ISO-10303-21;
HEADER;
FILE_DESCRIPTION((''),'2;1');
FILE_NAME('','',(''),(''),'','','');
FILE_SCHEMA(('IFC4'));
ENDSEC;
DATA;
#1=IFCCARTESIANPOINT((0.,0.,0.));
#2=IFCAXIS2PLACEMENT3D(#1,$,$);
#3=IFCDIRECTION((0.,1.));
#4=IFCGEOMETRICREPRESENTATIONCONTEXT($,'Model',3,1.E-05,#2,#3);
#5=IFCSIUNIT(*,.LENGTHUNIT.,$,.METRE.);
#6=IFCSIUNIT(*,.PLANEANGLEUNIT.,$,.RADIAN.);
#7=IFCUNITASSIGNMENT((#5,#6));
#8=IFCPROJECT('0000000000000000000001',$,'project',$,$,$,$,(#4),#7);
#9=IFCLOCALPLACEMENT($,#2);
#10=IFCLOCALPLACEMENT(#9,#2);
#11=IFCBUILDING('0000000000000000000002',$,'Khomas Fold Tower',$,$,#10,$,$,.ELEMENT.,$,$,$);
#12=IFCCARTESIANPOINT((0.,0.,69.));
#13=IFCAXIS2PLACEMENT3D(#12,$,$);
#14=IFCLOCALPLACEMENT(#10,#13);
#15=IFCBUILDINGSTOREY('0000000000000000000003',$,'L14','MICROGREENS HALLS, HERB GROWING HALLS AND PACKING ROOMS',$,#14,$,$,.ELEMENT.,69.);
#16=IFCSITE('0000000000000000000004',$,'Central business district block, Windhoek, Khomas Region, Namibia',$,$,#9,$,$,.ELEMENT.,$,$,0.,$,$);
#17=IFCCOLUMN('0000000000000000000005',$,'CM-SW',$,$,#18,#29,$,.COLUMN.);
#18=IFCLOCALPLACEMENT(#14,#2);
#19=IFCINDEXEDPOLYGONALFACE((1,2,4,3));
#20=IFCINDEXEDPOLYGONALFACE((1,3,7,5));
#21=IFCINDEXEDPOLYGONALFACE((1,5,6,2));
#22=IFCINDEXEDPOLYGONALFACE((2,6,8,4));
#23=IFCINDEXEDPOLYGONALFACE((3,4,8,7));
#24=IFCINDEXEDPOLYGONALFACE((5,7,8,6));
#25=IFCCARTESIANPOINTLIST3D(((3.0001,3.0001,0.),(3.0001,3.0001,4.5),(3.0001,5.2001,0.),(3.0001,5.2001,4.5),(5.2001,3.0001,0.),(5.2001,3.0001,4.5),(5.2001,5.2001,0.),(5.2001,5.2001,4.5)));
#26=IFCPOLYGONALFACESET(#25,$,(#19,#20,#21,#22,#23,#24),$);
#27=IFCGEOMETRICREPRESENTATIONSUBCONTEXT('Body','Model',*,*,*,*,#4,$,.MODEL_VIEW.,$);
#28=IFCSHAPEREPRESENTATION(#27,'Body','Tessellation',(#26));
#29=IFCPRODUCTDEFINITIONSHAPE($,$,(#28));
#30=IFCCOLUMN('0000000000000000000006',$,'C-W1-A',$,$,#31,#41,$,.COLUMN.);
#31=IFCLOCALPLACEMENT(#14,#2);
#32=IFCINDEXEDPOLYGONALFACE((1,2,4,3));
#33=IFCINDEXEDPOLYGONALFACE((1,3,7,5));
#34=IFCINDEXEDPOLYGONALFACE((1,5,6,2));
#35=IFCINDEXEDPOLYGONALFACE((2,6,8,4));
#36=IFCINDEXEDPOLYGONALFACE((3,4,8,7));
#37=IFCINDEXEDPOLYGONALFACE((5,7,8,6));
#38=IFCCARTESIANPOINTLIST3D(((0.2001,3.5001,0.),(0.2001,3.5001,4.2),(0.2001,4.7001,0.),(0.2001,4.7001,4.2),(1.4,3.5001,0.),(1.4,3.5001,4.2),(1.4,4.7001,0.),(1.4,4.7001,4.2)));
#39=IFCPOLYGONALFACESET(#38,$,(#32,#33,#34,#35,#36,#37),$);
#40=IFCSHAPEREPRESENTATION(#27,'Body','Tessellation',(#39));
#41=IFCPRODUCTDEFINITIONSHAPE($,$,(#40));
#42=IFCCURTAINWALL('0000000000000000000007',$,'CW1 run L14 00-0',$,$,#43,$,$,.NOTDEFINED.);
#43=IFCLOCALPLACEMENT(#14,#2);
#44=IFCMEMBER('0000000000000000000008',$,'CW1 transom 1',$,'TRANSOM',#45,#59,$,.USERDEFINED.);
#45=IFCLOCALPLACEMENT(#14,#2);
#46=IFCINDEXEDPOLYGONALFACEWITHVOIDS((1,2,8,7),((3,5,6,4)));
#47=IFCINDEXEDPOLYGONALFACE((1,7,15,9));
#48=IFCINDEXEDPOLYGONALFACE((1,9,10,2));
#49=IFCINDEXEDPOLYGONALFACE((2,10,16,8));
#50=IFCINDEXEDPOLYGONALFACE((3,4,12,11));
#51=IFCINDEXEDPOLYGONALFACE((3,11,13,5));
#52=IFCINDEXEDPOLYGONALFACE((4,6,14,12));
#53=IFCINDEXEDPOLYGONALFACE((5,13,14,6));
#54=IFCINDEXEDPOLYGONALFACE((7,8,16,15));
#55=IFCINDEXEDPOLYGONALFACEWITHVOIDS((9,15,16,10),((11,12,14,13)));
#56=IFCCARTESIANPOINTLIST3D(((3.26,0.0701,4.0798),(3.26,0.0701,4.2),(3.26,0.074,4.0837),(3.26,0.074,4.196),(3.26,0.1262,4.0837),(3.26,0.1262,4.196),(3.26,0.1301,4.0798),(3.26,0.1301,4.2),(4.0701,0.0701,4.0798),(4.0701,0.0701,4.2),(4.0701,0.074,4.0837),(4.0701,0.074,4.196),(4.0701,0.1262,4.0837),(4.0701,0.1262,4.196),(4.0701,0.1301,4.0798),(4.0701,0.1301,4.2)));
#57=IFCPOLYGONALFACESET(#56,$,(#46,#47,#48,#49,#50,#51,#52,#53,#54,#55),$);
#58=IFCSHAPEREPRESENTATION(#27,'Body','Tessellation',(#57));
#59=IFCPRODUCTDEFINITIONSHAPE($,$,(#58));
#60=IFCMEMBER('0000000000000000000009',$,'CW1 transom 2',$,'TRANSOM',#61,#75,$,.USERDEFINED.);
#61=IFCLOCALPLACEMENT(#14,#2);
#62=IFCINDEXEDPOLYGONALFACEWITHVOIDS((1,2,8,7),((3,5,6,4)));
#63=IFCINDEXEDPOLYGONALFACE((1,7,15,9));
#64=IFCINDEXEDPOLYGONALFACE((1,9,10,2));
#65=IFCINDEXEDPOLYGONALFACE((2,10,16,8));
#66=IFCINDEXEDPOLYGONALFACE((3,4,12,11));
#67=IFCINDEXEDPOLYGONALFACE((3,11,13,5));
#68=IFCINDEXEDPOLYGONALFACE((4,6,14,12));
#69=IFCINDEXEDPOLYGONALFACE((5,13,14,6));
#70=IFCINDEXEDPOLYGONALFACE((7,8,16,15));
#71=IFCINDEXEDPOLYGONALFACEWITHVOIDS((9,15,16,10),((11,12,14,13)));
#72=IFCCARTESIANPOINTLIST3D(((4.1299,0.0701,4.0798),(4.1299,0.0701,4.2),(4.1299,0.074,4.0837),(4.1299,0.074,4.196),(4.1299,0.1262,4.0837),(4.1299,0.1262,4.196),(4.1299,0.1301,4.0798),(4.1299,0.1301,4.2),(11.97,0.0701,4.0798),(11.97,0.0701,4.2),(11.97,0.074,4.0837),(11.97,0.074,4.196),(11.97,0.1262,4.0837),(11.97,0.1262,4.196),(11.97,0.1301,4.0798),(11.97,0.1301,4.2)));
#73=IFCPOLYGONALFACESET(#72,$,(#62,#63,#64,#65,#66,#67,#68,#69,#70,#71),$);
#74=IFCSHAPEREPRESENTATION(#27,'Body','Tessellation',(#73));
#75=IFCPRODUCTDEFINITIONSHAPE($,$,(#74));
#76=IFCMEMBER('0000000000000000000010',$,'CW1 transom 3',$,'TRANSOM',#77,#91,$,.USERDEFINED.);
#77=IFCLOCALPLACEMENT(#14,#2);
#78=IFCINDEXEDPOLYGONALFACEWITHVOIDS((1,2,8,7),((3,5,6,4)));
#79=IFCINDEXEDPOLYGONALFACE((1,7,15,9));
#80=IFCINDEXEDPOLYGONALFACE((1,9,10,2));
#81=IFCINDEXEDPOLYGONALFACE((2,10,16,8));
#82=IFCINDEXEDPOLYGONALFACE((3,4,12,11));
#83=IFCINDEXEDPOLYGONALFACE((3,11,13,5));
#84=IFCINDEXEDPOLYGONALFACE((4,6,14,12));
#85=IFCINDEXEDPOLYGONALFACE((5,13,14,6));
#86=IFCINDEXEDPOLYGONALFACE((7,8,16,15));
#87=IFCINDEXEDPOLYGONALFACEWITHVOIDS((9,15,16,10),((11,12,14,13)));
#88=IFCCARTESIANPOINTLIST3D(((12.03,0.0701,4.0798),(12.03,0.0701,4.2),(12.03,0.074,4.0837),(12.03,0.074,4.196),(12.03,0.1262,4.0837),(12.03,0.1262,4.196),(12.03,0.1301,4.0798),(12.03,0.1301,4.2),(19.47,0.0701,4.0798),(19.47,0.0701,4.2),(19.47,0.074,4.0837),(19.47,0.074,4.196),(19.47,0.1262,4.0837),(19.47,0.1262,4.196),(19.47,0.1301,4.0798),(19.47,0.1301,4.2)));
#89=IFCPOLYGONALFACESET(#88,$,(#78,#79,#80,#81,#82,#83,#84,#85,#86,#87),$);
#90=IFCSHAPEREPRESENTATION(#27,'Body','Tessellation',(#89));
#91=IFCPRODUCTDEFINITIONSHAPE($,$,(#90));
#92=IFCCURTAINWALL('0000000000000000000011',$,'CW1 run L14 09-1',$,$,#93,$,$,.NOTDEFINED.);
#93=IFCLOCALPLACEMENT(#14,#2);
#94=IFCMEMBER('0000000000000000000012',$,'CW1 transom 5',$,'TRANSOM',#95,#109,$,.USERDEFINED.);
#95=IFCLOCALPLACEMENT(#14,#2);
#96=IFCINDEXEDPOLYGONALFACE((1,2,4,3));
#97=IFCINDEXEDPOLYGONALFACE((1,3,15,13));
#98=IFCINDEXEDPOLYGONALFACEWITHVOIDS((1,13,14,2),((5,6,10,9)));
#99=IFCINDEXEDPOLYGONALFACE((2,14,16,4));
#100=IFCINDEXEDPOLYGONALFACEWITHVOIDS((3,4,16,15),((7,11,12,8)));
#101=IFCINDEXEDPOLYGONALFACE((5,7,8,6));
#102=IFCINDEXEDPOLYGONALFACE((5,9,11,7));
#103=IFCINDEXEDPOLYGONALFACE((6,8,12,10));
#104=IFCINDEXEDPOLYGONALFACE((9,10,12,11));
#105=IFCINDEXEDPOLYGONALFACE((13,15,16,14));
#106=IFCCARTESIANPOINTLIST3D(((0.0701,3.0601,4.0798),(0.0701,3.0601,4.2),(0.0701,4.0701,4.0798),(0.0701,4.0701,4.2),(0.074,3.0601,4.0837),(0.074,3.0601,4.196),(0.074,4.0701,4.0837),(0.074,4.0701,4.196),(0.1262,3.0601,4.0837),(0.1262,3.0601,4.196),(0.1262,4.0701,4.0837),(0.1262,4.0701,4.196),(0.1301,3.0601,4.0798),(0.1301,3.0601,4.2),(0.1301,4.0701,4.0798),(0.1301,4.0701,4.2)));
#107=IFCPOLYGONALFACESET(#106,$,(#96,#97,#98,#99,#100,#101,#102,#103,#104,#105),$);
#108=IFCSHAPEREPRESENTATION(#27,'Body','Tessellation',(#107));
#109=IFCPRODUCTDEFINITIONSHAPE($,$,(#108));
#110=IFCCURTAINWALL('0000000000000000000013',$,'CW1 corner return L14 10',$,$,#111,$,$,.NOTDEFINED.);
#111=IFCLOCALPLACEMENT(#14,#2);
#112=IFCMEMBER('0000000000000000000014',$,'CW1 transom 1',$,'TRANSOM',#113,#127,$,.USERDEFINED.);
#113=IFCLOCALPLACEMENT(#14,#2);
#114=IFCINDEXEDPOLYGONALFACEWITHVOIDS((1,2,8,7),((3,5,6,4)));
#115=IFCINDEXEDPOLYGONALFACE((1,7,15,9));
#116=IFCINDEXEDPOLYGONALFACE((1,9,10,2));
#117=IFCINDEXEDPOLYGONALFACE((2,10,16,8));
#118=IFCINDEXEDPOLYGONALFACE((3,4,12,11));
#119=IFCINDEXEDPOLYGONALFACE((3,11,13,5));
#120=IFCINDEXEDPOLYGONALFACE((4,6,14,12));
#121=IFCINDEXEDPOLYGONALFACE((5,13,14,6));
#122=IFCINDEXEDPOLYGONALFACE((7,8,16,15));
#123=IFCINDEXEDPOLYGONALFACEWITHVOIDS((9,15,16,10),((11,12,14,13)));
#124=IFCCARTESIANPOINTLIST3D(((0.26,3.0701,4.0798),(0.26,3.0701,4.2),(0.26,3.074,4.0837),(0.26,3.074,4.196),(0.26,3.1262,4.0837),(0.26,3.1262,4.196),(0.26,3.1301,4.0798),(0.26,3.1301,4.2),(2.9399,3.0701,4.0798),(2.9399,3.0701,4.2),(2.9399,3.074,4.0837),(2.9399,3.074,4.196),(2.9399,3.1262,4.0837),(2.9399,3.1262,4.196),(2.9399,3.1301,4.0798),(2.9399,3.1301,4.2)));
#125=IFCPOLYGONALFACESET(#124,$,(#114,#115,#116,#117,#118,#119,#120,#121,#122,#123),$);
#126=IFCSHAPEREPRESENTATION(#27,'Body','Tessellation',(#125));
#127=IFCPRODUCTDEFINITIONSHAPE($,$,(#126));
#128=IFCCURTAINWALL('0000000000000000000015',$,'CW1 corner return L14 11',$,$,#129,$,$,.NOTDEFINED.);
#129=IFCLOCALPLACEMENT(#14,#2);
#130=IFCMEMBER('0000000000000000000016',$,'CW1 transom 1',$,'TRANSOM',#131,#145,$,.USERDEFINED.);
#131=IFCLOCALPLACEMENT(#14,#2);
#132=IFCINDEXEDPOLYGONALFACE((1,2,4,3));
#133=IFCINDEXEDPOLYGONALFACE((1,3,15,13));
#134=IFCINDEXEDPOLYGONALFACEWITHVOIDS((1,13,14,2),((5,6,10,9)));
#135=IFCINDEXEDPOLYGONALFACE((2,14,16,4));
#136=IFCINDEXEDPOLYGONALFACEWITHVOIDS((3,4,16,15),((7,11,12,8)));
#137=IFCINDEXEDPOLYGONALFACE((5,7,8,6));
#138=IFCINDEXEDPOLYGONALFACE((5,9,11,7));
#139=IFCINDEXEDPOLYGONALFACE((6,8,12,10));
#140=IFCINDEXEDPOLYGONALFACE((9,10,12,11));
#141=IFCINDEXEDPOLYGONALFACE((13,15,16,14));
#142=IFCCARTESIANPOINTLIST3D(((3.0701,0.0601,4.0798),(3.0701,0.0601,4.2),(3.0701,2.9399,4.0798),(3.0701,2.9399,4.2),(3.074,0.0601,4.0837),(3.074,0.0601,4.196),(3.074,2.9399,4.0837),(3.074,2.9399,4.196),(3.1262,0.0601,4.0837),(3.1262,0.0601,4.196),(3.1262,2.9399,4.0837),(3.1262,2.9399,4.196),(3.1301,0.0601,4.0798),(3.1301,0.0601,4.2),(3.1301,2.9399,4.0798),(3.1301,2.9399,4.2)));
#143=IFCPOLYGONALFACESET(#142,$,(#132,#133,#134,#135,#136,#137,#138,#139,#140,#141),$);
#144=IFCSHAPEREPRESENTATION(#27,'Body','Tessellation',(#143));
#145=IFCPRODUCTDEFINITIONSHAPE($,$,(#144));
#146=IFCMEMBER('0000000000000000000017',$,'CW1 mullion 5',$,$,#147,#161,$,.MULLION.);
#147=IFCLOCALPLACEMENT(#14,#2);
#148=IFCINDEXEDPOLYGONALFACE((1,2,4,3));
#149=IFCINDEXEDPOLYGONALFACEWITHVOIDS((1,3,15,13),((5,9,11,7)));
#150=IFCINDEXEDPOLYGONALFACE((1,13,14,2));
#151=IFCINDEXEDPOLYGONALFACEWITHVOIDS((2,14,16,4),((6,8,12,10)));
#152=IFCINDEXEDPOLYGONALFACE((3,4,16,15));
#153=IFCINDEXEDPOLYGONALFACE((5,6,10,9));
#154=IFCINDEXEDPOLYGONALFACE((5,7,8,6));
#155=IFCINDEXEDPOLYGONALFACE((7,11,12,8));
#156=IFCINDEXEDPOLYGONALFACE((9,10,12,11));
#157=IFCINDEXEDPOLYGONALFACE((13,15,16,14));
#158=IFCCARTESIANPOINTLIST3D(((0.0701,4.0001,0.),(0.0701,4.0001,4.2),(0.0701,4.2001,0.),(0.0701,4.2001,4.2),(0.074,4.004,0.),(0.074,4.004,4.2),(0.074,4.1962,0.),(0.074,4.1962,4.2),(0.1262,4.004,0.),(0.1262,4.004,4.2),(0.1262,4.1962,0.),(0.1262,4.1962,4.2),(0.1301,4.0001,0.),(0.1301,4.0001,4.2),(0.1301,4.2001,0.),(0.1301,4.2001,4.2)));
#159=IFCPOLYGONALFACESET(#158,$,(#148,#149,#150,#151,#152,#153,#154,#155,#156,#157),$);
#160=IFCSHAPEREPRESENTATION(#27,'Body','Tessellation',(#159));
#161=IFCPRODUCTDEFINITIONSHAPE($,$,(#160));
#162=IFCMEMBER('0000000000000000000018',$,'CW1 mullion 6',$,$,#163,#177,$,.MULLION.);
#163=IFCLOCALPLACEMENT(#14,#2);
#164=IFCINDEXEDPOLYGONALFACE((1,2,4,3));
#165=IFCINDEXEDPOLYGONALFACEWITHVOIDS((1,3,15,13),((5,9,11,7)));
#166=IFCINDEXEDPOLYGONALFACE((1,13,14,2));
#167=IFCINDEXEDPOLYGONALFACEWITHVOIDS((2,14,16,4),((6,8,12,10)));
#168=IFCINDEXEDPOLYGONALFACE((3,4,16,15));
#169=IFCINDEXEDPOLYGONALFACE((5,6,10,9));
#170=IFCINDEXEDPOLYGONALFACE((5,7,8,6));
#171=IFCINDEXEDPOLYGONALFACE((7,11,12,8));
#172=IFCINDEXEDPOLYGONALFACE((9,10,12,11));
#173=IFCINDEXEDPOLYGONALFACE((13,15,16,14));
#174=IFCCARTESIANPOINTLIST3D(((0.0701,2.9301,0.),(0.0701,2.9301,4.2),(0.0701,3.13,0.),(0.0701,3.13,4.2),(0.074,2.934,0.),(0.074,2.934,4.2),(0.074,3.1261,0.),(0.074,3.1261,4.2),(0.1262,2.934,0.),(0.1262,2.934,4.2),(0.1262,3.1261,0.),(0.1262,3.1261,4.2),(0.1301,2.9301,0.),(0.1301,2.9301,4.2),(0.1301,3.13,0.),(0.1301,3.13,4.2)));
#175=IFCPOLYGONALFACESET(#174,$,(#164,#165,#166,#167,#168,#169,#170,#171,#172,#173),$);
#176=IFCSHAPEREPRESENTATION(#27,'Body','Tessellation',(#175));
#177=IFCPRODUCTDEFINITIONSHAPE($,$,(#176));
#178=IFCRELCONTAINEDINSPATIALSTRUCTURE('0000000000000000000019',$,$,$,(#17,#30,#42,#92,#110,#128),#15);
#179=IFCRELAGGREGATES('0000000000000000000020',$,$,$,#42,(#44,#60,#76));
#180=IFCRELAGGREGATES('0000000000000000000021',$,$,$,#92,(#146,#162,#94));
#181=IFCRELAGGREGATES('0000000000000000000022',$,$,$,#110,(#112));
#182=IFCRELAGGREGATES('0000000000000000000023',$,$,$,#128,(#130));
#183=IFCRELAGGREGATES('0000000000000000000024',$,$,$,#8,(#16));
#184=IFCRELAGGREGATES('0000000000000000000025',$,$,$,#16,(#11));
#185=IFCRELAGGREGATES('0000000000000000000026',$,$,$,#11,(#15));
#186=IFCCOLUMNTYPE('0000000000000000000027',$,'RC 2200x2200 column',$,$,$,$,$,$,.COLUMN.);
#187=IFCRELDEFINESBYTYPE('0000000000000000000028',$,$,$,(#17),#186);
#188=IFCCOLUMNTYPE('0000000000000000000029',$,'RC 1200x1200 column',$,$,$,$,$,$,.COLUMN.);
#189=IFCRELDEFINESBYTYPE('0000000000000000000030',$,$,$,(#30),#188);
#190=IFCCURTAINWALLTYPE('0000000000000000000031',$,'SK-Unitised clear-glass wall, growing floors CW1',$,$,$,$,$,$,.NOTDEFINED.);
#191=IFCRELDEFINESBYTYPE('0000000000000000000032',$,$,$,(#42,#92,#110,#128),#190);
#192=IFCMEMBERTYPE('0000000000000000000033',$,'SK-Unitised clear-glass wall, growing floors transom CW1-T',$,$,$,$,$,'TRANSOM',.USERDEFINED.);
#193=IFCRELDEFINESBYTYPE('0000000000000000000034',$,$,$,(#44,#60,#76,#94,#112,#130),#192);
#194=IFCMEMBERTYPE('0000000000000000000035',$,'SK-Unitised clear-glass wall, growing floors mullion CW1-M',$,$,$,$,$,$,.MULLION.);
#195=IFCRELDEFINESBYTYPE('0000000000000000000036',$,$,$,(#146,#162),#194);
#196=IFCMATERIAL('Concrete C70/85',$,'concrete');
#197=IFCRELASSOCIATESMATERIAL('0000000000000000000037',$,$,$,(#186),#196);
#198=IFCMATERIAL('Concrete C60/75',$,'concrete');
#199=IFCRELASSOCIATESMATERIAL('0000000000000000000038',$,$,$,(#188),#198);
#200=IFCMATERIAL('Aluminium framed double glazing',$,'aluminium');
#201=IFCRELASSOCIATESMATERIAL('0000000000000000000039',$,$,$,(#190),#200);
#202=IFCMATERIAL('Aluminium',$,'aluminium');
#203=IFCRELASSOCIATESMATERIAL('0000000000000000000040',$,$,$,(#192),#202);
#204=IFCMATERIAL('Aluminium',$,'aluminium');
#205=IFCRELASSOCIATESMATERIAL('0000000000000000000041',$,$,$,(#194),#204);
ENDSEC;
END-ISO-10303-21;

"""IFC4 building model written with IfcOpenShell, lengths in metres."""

from ifc_helpers import new_model, si_unit, direction, frame, origin, origin_2d, place, context, subcontext, project, spatial, rectangle, hollow_rectangle, extrude, source, transform, mapped, material, material_profile, profile_set, type_object, element, aggregate, save


model = new_model("IFC4")

# Units and contexts
model_context = context("Model", 3, precision=1e-05, world=origin(), true_north=direction((0.0, 1.0)))
body_context = subcontext(model_context, "Body", "Model", "MODEL_VIEW")
ifc_project = project(units=[si_unit("LENGTHUNIT", "METRE"), si_unit("PLANEANGLEUNIT", "RADIAN")], contexts=[model_context])

# Site, building, storey
site_placement = place(None, origin())
site = spatial("IfcSite", under=ifc_project, at=site_placement, Name="Central business district block, Windhoek, Khomas Region, Namibia", CompositionType="ELEMENT", RefElevation=0.0)
building_placement = place(site_placement, origin())
building = spatial("IfcBuilding", under=site, at=building_placement, Name="Khomas Fold Tower", CompositionType="ELEMENT")
storey_placement = place(building_placement, frame((0.0, 0.0, 69.0)))
storey = spatial("IfcBuildingStorey", under=building, at=storey_placement, Name="L14", Description="MICROGREENS HALLS, HERB GROWING HALLS AND PACKING ROOMS", CompositionType="ELEMENT", Elevation=69.0)

# Columns
ifc_material_1 = material(Name="Concrete C70/85", Category="concrete")
ifc_material_profile_1 = material_profile(ifc_material_1, rectangle(XDim=2.2, YDim=2.2, at=origin_2d()), Name="RC 2200x2200")
ifc_profile_set_1 = profile_set([ifc_material_profile_1], Name="Concrete C70/85")
column_type_1 = type_object("IfcColumnType", Name="RC 2200x2200 column", PredefinedType="COLUMN", material=ifc_profile_set_1)
shared_shape_1 = source(origin(), body_context, "Body", "SweptSolid", [
    extrude(rectangle(XDim=2.2, YDim=2.2, at=origin_2d()), origin(), (0.0, 0.0, 1.0), 4.5),
])
column_1_placement = place(storey_placement, frame((4.1001, 4.1001, 0.0), z_axis=(0.0, 0.0, 1.0), x_axis=(1.0, 0.0, 0.0)))
element("IfcColumn", 1, at=column_1_placement, inside=storey, type_object=column_type_1, Name="CM-SW", PredefinedType="COLUMN", context=body_context, shape_type="MappedRepresentation", body=[
    mapped(shared_shape_1, transform((0.0, 0.0, 0.0))),
])
ifc_material_2 = material(Name="Concrete C60/75", Category="concrete")
ifc_material_profile_2 = material_profile(ifc_material_2, rectangle(XDim=1.2, YDim=1.2, at=origin_2d()), Name="RC 1200x1200")
ifc_profile_set_2 = profile_set([ifc_material_profile_2], Name="Concrete C60/75")
column_type_2 = type_object("IfcColumnType", Name="RC 1200x1200 column", PredefinedType="COLUMN", material=ifc_profile_set_2)
shared_shape_2 = source(origin(), body_context, "Body", "SweptSolid", [
    extrude(rectangle(XDim=1.2, YDim=1.2, at=origin_2d()), origin(), (0.0, 0.0, 1.0), 4.2),
])
column_2_placement = place(storey_placement, frame((0.8, 4.1001, 0.0), z_axis=(0.0, 0.0, 1.0), x_axis=(1.0, 0.0, 0.0)))
element("IfcColumn", 2, at=column_2_placement, inside=storey, type_object=column_type_2, Name="C-W1-A", PredefinedType="COLUMN", context=body_context, shape_type="MappedRepresentation", body=[
    mapped(shared_shape_2, transform((0.0, 0.0, 0.0))),
])

# Curtain wall, members
ifc_material_3 = material(Name="Aluminium framed double glazing", Category="aluminium")
curtain_wall_type = type_object("IfcCurtainWallType", Name="SK-Unitised clear-glass wall, growing floors CW1", PredefinedType="NOTDEFINED", material=ifc_material_3)
curtain_wall_1_placement = place(storey_placement, origin())
curtain_wall_1 = element("IfcCurtainWall", 3, at=curtain_wall_1_placement, inside=storey, type_object=curtain_wall_type, Name="CW1 run L14 00-0", PredefinedType="NOTDEFINED")
ifc_material_4 = material(Name="Aluminium", Category="aluminium")
ifc_material_profile_3 = material_profile(ifc_material_4, hollow_rectangle(XDim=0.0601, YDim=0.1201, WallThickness=0.0039, at=origin_2d()), Name="SK-Unitised clear-glass wall, growing floors transom CW1-T")
ifc_profile_set_3 = profile_set([ifc_material_profile_3], Name="Aluminium")
member_type_1 = type_object("IfcMemberType", Name="SK-Unitised clear-glass wall, growing floors transom CW1-T", ElementType="TRANSOM", PredefinedType="USERDEFINED", material=ifc_profile_set_3)
shared_shape_3 = source(origin(), body_context, "Body", "SweptSolid", [
    extrude(hollow_rectangle(XDim=0.0601, YDim=0.1201, WallThickness=0.0039, at=origin_2d()), origin(), (0.0, 0.0, 1.0), 0.8101),
])
member_1_placement = place(storey_placement, frame((3.26, 0.1001, 4.1399), z_axis=(1.0, 0.0, 0.0), x_axis=(0.0, 1.0, 0.0)))
member_1 = element("IfcMember", 4, at=member_1_placement, type_object=member_type_1, Name="CW1 transom 1", ObjectType="TRANSOM", PredefinedType="USERDEFINED", context=body_context, shape_type="MappedRepresentation", body=[
    mapped(shared_shape_3, transform((0.0, 0.0, 0.0))),
])
shared_shape_4 = source(origin(), body_context, "Body", "SweptSolid", [
    extrude(hollow_rectangle(XDim=0.0601, YDim=0.1201, WallThickness=0.0039, at=origin_2d()), origin(), (0.0, 0.0, 1.0), 7.8401),
])
member_2_placement = place(storey_placement, frame((4.1299, 0.1001, 4.1399), z_axis=(1.0, 0.0, 0.0), x_axis=(0.0, 1.0, 0.0)))
member_2 = element("IfcMember", 5, at=member_2_placement, type_object=member_type_1, Name="CW1 transom 2", ObjectType="TRANSOM", PredefinedType="USERDEFINED", context=body_context, shape_type="MappedRepresentation", body=[
    mapped(shared_shape_4, transform((0.0, 0.0, 0.0))),
])
shared_shape_5 = source(origin(), body_context, "Body", "SweptSolid", [
    extrude(hollow_rectangle(XDim=0.0601, YDim=0.1201, WallThickness=0.0039, at=origin_2d()), origin(), (0.0, 0.0, 1.0), 7.4399),
])
member_3_placement = place(storey_placement, frame((12.03, 0.1001, 4.1399), z_axis=(1.0, 0.0, 0.0), x_axis=(0.0, 1.0, 0.0)))
member_3 = element("IfcMember", 6, at=member_3_placement, type_object=member_type_1, Name="CW1 transom 3", ObjectType="TRANSOM", PredefinedType="USERDEFINED", context=body_context, shape_type="MappedRepresentation", body=[
    mapped(shared_shape_5, transform((0.0, 0.0, 0.0))),
])
aggregate(curtain_wall_1, [member_1, member_2, member_3])

# Curtain walls, members
curtain_wall_2_placement = place(storey_placement, origin())
curtain_wall_2 = element("IfcCurtainWall", 7, at=curtain_wall_2_placement, inside=storey, type_object=curtain_wall_type, Name="CW1 run L14 09-1", PredefinedType="NOTDEFINED")
shared_shape_6 = source(origin(), body_context, "Body", "SweptSolid", [
    extrude(hollow_rectangle(XDim=0.0601, YDim=0.1201, WallThickness=0.0039, at=origin_2d()), origin(), (0.0, 0.0, 1.0), 1.01),
])
member_4_placement = place(storey_placement, frame((0.1001, 4.0701, 4.1399), z_axis=(0.0, -1.0, 0.0), x_axis=(1.0, 0.0, 0.0)))
member_4 = element("IfcMember", 8, at=member_4_placement, type_object=member_type_1, Name="CW1 transom 5", ObjectType="TRANSOM", PredefinedType="USERDEFINED", context=body_context, shape_type="MappedRepresentation", body=[
    mapped(shared_shape_6, transform((0.0, 0.0, 0.0))),
])
curtain_wall_3_placement = place(storey_placement, origin())
curtain_wall_3 = element("IfcCurtainWall", 9, at=curtain_wall_3_placement, inside=storey, type_object=curtain_wall_type, Name="CW1 corner return L14 10", PredefinedType="NOTDEFINED")
shared_shape_7 = source(origin(), body_context, "Body", "SweptSolid", [
    extrude(hollow_rectangle(XDim=0.0601, YDim=0.1201, WallThickness=0.0039, at=origin_2d()), origin(), (0.0, 0.0, 1.0), 2.6799),
])
member_5_placement = place(storey_placement, frame((0.26, 3.1001, 4.1399), z_axis=(1.0, 0.0, 0.0), x_axis=(0.0, 1.0, 0.0)))
member_5 = element("IfcMember", 10, at=member_5_placement, type_object=member_type_1, Name="CW1 transom 1", ObjectType="TRANSOM", PredefinedType="USERDEFINED", context=body_context, shape_type="MappedRepresentation", body=[
    mapped(shared_shape_7, transform((0.0, 0.0, 0.0))),
])
curtain_wall_4_placement = place(storey_placement, origin())
curtain_wall_4 = element("IfcCurtainWall", 11, at=curtain_wall_4_placement, inside=storey, type_object=curtain_wall_type, Name="CW1 corner return L14 11", PredefinedType="NOTDEFINED")
shared_shape_8 = source(origin(), body_context, "Body", "SweptSolid", [
    extrude(hollow_rectangle(XDim=0.0601, YDim=0.1201, WallThickness=0.0039, at=origin_2d()), origin(), (0.0, 0.0, 1.0), 2.8799),
])
member_6_placement = place(storey_placement, frame((3.1001, 2.9399, 4.1399), z_axis=(0.0, -1.0, 0.0), x_axis=(1.0, 0.0, 0.0)))
member_6 = element("IfcMember", 12, at=member_6_placement, type_object=member_type_1, Name="CW1 transom 1", ObjectType="TRANSOM", PredefinedType="USERDEFINED", context=body_context, shape_type="MappedRepresentation", body=[
    mapped(shared_shape_8, transform((0.0, 0.0, 0.0))),
])

# Members
ifc_material_5 = material(Name="Aluminium", Category="aluminium")
ifc_material_profile_4 = material_profile(ifc_material_5, hollow_rectangle(XDim=0.0601, YDim=0.2, WallThickness=0.0039, at=origin_2d()), Name="SK-Unitised clear-glass wall, growing floors mullion CW1-M")
ifc_profile_set_4 = profile_set([ifc_material_profile_4], Name="Aluminium")
member_type_2 = type_object("IfcMemberType", Name="SK-Unitised clear-glass wall, growing floors mullion CW1-M", PredefinedType="MULLION", material=ifc_profile_set_4)
shared_shape_9 = source(origin(), body_context, "Body", "SweptSolid", [
    extrude(hollow_rectangle(XDim=0.0601, YDim=0.2, WallThickness=0.0039, at=origin_2d()), origin(), (0.0, 0.0, 1.0), 4.2),
])
member_7_placement = place(storey_placement, frame((0.1001, 4.1001, 0.0), z_axis=(0.0, 0.0, 1.0), x_axis=(1.0, 0.0, 0.0)))
member_7 = element("IfcMember", 13, at=member_7_placement, type_object=member_type_2, Name="CW1 mullion 5", PredefinedType="MULLION", context=body_context, shape_type="MappedRepresentation", body=[
    mapped(shared_shape_9, transform((0.0, 0.0, 0.0))),
])
member_8_placement = place(storey_placement, frame((0.1001, 3.03, 0.0), z_axis=(0.0, 0.0, 1.0), x_axis=(1.0, 0.0, 0.0)))
member_8 = element("IfcMember", 14, at=member_8_placement, type_object=member_type_2, Name="CW1 mullion 6", PredefinedType="MULLION", context=body_context, shape_type="MappedRepresentation", body=[
    mapped(shared_shape_9, transform((0.0, 0.0, 0.0))),
])

aggregate(curtain_wall_2, [member_7, member_8, member_4])
aggregate(curtain_wall_3, [member_5])
aggregate(curtain_wall_4, [member_6])

save(model, "model.ifc")
